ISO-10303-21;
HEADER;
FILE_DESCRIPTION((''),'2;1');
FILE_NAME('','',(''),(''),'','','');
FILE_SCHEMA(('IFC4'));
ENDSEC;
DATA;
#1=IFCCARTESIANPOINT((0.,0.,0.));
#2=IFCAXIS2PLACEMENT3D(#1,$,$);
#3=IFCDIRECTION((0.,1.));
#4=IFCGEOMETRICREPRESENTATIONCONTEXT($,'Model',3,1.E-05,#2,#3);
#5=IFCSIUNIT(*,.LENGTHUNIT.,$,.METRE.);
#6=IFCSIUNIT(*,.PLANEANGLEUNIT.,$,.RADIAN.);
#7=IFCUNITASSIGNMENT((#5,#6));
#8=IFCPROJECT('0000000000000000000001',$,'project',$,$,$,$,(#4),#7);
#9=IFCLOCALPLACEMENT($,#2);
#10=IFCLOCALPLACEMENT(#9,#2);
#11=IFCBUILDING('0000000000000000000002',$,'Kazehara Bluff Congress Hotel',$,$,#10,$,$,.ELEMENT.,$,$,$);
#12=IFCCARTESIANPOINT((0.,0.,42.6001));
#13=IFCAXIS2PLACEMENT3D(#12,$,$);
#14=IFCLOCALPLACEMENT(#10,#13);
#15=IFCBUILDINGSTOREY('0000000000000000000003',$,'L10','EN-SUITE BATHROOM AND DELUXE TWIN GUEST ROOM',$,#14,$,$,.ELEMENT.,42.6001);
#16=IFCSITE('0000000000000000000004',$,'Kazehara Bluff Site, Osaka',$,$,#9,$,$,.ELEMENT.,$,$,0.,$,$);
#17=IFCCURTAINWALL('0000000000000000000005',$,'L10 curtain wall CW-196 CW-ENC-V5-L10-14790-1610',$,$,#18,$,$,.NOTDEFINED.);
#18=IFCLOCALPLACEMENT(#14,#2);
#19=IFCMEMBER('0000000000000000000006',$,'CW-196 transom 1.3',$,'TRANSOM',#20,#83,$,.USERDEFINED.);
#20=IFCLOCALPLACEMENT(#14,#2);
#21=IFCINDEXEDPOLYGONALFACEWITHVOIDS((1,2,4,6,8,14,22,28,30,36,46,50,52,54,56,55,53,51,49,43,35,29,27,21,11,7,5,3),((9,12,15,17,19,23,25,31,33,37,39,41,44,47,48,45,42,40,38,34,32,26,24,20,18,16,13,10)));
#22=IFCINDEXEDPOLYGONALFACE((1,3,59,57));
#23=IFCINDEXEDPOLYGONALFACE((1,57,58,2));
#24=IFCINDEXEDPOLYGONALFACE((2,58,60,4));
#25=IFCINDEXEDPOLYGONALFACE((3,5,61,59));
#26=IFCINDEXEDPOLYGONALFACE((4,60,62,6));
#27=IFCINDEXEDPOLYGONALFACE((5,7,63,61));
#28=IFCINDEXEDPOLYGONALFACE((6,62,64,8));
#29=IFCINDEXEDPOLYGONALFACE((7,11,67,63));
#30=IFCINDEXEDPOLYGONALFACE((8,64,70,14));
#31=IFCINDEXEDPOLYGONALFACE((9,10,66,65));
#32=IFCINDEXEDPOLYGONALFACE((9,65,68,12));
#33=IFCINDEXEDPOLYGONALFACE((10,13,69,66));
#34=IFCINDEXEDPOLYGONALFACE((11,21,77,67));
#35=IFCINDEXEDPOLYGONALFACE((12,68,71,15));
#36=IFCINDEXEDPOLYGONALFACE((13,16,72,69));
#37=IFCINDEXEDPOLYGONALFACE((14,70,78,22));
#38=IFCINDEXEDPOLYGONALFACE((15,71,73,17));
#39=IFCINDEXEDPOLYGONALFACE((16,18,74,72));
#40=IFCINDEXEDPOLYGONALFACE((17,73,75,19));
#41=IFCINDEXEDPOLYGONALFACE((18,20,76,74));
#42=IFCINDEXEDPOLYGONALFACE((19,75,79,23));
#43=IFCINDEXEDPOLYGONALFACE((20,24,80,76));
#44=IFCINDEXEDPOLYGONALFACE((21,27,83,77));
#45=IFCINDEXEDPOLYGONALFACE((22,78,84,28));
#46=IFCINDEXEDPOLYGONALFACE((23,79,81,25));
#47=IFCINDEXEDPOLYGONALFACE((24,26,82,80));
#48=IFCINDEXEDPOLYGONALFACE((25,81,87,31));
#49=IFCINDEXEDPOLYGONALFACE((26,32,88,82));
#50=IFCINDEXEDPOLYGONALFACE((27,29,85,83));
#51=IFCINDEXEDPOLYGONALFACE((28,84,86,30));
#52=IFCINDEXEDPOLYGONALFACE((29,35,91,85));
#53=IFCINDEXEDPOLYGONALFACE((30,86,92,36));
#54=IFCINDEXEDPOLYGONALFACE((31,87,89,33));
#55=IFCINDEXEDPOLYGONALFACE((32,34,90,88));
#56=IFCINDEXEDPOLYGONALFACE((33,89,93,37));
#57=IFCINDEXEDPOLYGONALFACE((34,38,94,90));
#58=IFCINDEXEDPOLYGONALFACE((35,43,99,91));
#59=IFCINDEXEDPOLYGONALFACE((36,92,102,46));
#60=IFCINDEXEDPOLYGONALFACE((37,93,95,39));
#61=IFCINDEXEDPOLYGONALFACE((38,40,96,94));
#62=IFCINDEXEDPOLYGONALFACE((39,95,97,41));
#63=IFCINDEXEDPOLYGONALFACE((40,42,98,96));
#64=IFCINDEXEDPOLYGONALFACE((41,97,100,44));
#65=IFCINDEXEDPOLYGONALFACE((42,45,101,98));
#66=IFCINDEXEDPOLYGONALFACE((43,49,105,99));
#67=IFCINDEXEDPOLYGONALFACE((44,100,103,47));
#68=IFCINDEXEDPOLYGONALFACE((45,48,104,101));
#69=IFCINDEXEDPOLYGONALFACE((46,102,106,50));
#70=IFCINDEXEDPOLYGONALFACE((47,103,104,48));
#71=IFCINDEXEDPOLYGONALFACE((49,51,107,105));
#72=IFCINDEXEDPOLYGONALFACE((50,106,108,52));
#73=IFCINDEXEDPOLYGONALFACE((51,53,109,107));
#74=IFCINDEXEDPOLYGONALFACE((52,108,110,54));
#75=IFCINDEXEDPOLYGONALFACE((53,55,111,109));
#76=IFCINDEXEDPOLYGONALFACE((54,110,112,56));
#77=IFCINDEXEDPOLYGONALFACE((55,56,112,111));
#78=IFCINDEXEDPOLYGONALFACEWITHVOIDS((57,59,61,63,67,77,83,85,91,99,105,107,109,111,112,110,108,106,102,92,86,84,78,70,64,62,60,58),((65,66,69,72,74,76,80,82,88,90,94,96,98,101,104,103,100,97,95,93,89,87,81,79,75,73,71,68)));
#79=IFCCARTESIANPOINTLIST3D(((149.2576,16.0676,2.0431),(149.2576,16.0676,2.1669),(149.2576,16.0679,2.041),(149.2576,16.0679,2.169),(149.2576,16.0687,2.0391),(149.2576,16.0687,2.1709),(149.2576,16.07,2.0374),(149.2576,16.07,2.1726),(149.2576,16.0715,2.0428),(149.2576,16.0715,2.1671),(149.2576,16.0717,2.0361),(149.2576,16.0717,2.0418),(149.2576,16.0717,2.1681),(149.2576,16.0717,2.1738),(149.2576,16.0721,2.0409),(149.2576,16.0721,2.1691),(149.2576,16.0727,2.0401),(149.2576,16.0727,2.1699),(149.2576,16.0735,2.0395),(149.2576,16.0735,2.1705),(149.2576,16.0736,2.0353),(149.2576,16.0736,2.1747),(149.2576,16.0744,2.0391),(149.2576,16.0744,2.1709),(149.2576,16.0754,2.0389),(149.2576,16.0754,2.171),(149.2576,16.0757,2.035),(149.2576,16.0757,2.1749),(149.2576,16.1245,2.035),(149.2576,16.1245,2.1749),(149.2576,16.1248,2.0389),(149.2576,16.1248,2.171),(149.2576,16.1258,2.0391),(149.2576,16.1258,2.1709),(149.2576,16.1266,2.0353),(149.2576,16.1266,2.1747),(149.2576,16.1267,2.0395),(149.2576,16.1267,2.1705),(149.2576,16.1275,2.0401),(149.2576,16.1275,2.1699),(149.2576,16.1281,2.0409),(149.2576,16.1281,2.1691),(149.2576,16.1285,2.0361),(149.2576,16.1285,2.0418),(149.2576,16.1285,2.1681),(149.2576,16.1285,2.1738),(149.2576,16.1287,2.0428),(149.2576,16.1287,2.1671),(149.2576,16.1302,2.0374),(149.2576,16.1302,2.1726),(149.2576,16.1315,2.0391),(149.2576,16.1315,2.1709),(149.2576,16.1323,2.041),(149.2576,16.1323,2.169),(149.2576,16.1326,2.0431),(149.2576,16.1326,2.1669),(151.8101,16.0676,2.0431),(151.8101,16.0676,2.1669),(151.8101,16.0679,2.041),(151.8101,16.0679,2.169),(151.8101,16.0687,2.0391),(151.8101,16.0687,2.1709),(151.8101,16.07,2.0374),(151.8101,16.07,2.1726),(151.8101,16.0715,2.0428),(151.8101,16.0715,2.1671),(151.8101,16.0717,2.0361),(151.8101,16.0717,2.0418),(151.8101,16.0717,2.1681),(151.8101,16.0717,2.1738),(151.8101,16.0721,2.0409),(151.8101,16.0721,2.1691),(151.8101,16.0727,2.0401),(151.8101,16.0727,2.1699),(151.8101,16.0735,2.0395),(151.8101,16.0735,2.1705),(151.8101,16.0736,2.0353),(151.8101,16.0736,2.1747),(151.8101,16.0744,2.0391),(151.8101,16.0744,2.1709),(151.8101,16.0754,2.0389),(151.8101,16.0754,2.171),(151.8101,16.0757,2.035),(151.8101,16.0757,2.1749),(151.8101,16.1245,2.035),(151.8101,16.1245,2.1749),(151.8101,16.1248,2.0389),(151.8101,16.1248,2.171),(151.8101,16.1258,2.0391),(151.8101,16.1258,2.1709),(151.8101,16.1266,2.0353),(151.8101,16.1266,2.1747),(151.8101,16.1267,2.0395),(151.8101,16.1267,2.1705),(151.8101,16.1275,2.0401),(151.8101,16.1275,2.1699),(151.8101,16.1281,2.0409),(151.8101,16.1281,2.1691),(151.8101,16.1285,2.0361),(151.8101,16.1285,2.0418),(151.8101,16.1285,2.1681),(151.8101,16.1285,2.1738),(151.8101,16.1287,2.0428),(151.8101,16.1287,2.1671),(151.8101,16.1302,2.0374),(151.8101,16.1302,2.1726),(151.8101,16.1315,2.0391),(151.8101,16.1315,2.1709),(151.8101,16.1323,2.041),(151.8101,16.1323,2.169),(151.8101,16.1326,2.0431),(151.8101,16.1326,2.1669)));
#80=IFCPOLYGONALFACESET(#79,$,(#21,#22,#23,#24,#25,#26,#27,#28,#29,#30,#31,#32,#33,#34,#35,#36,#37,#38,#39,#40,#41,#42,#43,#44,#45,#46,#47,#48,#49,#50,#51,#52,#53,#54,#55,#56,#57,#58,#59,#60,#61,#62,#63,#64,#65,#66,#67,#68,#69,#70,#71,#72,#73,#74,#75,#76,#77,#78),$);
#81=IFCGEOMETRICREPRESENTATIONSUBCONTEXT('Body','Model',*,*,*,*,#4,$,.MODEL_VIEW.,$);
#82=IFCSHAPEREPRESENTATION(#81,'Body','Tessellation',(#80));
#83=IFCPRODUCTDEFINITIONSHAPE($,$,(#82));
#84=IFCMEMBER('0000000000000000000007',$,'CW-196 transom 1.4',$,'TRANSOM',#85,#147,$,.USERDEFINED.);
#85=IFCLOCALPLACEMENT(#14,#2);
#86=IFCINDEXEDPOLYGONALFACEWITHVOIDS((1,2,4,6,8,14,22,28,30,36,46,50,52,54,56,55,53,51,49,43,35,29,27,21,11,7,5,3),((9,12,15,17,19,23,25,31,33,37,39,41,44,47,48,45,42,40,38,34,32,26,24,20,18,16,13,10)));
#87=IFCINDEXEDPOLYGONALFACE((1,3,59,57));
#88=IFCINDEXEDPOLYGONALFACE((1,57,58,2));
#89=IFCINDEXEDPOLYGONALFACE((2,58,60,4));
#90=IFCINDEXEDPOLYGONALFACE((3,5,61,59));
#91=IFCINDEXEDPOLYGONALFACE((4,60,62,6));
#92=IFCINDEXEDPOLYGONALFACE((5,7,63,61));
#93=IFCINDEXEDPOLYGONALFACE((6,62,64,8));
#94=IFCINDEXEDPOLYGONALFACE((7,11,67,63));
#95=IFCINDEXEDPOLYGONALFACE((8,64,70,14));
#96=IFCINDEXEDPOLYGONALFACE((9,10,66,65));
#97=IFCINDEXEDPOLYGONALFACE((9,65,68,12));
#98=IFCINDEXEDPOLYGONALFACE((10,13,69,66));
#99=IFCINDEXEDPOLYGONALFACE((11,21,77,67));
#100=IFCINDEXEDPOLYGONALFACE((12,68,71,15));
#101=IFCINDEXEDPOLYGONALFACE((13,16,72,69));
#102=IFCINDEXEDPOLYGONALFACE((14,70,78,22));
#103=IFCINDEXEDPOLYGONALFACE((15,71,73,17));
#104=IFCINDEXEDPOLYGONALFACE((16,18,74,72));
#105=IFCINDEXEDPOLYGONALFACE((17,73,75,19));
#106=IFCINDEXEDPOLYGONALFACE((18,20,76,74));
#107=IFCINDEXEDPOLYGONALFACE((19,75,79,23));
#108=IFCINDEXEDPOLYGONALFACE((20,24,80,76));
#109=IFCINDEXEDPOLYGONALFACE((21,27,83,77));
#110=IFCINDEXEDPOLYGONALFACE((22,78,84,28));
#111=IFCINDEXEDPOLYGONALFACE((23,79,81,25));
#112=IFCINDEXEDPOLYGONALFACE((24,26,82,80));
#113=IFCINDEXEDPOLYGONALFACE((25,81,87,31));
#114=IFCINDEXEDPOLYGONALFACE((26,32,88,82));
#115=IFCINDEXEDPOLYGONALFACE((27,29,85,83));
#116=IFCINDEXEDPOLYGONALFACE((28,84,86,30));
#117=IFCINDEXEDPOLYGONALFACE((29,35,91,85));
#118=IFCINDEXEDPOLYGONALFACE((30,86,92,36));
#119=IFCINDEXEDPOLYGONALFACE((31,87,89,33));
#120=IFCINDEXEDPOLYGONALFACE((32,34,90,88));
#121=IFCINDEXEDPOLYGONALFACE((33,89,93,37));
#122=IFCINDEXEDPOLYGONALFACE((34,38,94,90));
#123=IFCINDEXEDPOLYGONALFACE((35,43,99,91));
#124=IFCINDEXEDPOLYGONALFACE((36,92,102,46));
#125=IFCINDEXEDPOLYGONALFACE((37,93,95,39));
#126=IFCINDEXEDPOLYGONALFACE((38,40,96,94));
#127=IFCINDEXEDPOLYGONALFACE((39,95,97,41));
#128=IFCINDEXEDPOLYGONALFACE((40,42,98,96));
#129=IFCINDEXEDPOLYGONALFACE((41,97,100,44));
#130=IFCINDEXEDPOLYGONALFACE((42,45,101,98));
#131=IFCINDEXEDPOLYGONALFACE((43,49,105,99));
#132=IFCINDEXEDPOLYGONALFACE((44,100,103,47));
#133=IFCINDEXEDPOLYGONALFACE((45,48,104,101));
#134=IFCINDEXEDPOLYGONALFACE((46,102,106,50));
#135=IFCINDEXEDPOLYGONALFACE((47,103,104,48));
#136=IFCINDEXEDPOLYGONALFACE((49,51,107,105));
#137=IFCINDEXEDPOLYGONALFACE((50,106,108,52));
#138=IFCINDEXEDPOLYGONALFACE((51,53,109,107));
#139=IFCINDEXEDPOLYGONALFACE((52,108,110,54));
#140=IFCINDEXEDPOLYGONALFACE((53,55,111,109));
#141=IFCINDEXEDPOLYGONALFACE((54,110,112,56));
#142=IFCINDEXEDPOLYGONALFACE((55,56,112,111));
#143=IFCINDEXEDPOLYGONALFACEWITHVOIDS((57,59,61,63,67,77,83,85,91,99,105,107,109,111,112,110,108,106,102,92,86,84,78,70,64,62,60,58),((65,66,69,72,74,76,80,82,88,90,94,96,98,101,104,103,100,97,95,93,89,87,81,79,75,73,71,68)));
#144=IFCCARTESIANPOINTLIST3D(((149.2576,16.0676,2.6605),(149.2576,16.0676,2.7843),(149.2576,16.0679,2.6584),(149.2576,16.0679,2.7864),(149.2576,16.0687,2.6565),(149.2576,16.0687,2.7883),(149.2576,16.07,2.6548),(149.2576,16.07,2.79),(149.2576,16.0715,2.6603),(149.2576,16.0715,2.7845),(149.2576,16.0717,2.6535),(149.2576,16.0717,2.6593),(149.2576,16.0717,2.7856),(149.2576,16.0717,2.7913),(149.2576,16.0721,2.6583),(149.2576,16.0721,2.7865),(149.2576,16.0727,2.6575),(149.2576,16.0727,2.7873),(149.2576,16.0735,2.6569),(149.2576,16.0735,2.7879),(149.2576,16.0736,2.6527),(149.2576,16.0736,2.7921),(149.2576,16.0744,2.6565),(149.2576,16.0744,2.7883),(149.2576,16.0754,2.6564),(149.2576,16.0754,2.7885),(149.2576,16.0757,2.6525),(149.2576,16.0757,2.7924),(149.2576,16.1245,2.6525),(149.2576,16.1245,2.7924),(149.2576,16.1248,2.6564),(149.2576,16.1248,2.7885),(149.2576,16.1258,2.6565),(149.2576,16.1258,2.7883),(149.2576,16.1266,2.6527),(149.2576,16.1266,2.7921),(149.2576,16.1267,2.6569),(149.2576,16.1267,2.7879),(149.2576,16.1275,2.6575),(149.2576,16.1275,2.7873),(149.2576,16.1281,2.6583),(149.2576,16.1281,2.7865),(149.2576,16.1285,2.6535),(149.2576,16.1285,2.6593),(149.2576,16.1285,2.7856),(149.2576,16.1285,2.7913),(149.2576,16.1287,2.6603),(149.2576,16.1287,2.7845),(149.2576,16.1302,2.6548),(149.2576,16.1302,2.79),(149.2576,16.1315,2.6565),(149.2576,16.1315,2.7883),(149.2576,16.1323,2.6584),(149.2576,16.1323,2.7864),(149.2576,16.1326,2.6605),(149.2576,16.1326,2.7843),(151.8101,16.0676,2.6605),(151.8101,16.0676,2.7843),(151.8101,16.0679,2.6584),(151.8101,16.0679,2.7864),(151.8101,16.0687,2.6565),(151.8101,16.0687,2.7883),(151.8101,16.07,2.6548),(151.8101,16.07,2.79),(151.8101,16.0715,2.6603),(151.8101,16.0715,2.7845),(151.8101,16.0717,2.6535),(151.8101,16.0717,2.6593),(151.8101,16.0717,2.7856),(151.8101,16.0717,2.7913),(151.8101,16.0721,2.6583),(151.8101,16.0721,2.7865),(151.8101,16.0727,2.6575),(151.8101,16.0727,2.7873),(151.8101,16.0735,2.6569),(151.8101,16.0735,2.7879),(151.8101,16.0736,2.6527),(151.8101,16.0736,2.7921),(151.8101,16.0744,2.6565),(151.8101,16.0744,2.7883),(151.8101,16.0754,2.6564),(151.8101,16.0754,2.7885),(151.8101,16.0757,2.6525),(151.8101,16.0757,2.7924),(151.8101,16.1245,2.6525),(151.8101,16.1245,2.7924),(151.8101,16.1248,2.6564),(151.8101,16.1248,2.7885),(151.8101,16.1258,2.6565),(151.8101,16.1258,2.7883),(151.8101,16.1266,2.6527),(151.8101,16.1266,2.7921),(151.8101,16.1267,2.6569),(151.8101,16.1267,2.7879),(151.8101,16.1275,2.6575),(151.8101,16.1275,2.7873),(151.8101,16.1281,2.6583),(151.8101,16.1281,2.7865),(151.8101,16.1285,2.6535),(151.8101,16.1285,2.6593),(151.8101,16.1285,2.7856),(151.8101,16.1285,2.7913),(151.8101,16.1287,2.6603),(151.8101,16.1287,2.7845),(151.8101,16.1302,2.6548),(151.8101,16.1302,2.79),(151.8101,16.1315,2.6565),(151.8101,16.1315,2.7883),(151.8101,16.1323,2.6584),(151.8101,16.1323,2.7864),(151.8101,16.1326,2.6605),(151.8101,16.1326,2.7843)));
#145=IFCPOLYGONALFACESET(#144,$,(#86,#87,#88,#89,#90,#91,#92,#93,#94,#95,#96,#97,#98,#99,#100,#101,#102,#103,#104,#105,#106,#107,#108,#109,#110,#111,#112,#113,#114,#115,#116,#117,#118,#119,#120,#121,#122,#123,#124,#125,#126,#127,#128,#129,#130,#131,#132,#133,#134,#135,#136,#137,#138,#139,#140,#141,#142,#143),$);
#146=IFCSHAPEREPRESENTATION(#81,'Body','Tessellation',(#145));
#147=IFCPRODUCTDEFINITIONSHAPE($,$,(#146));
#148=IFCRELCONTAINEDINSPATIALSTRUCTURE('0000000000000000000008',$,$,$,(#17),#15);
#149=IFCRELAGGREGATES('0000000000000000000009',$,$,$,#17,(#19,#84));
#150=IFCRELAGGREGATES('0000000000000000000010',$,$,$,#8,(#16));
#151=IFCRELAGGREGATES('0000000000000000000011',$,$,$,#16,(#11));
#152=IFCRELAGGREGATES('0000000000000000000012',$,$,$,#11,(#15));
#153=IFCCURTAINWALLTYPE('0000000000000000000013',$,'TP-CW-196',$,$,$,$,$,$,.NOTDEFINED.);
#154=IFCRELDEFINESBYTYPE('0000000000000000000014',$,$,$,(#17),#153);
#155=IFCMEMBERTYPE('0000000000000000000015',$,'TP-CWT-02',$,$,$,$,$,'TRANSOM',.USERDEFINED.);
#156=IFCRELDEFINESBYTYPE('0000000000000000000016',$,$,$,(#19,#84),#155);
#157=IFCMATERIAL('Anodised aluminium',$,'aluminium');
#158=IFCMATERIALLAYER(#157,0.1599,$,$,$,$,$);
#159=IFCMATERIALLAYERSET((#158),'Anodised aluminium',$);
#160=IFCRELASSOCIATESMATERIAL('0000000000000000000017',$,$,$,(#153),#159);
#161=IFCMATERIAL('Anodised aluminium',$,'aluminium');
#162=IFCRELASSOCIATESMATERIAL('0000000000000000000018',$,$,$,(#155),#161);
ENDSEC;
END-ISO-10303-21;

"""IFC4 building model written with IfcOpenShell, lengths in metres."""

from ifc_helpers import new_model, si_unit, direction, frame, origin, origin_2d, place, context, subcontext, project, spatial, hollow_rectangle, extrude, material, layer, layer_set, material_profile, profile_set, type_object, element, aggregate, save


model = new_model("IFC4")

# Units and contexts
model_context = context("Model", 3, precision=1e-05, world=origin(), true_north=direction((0.0, 1.0)))
body_context = subcontext(model_context, "Body", "Model", "MODEL_VIEW")
ifc_project = project(units=[si_unit("LENGTHUNIT", "METRE"), si_unit("PLANEANGLEUNIT", "RADIAN")], contexts=[model_context])

# Site, building, storey
site_placement = place(None, origin())
site = spatial("IfcSite", under=ifc_project, at=site_placement, Name="Kazehara Bluff Site, Osaka", CompositionType="ELEMENT", RefElevation=0.0)
building_placement = place(site_placement, origin())
building = spatial("IfcBuilding", under=site, at=building_placement, Name="Kazehara Bluff Congress Hotel", CompositionType="ELEMENT")
storey_placement = place(building_placement, frame((0.0, 0.0, 42.6001)))
storey = spatial("IfcBuildingStorey", under=building, at=storey_placement, Name="L10", Description="EN-SUITE BATHROOM AND DELUXE TWIN GUEST ROOM", CompositionType="ELEMENT", Elevation=42.6001)

# Curtain wall, members
ifc_material_1 = material(Name="Anodised aluminium", Category="aluminium")
ifc_layer_1 = layer(ifc_material_1, 0.1599)
ifc_layer_set_1 = layer_set([ifc_layer_1], Name="Anodised aluminium")
curtain_wall_type = type_object("IfcCurtainWallType", Name="TP-CW-196", PredefinedType="NOTDEFINED", material=ifc_layer_set_1)
curtain_wall_placement = place(storey_placement, origin())
curtain_wall = element("IfcCurtainWall", 1, at=curtain_wall_placement, inside=storey, type_object=curtain_wall_type, Name="L10 curtain wall CW-196 CW-ENC-V5-L10-14790-1610", PredefinedType="NOTDEFINED")
ifc_material_2 = material(Name="Anodised aluminium", Category="aluminium")
ifc_material_profile_1 = material_profile(ifc_material_2, hollow_rectangle(XDim=0.0649, YDim=0.1399, WallThickness=0.0039, InnerFilletRadius=0.0039, OuterFilletRadius=0.0081, at=origin_2d()))
ifc_profile_set_1 = profile_set([ifc_material_profile_1], Name="Anodised aluminium")
member_type_1 = type_object("IfcMemberType", Name="TP-CWT-02", ElementType="TRANSOM", PredefinedType="USERDEFINED", material=ifc_profile_set_1)
member_1_placement = place(storey_placement, frame((151.8101, 16.1001, 2.105), z_axis=(-1.0, 0.0, 0.0), x_axis=(0.0, -1.0, 0.0)))
member_1 = element("IfcMember", 2, at=member_1_placement, type_object=member_type_1, Name="CW-196 transom 1.3", ObjectType="TRANSOM", PredefinedType="USERDEFINED", context=body_context, shape_type="SweptSolid", body=[
    extrude(hollow_rectangle(XDim=0.0649, YDim=0.1399, WallThickness=0.0039, InnerFilletRadius=0.0039, OuterFilletRadius=0.0081, at=origin_2d()), origin(), (0.0, 0.0, 1.0), 2.5525),
])
member_2_placement = place(storey_placement, frame((151.8101, 16.1001, 2.7224), z_axis=(-1.0, 0.0, 0.0), x_axis=(0.0, -1.0, 0.0)))
member_2 = element("IfcMember", 3, at=member_2_placement, type_object=member_type_1, Name="CW-196 transom 1.4", ObjectType="TRANSOM", PredefinedType="USERDEFINED", context=body_context, shape_type="SweptSolid", body=[
    extrude(hollow_rectangle(XDim=0.0649, YDim=0.1399, WallThickness=0.0039, InnerFilletRadius=0.0039, OuterFilletRadius=0.0081, at=origin_2d()), origin(), (0.0, 0.0, 1.0), 2.5525),
])

aggregate(curtain_wall, [member_1, member_2])

save(model, "model.ifc")
